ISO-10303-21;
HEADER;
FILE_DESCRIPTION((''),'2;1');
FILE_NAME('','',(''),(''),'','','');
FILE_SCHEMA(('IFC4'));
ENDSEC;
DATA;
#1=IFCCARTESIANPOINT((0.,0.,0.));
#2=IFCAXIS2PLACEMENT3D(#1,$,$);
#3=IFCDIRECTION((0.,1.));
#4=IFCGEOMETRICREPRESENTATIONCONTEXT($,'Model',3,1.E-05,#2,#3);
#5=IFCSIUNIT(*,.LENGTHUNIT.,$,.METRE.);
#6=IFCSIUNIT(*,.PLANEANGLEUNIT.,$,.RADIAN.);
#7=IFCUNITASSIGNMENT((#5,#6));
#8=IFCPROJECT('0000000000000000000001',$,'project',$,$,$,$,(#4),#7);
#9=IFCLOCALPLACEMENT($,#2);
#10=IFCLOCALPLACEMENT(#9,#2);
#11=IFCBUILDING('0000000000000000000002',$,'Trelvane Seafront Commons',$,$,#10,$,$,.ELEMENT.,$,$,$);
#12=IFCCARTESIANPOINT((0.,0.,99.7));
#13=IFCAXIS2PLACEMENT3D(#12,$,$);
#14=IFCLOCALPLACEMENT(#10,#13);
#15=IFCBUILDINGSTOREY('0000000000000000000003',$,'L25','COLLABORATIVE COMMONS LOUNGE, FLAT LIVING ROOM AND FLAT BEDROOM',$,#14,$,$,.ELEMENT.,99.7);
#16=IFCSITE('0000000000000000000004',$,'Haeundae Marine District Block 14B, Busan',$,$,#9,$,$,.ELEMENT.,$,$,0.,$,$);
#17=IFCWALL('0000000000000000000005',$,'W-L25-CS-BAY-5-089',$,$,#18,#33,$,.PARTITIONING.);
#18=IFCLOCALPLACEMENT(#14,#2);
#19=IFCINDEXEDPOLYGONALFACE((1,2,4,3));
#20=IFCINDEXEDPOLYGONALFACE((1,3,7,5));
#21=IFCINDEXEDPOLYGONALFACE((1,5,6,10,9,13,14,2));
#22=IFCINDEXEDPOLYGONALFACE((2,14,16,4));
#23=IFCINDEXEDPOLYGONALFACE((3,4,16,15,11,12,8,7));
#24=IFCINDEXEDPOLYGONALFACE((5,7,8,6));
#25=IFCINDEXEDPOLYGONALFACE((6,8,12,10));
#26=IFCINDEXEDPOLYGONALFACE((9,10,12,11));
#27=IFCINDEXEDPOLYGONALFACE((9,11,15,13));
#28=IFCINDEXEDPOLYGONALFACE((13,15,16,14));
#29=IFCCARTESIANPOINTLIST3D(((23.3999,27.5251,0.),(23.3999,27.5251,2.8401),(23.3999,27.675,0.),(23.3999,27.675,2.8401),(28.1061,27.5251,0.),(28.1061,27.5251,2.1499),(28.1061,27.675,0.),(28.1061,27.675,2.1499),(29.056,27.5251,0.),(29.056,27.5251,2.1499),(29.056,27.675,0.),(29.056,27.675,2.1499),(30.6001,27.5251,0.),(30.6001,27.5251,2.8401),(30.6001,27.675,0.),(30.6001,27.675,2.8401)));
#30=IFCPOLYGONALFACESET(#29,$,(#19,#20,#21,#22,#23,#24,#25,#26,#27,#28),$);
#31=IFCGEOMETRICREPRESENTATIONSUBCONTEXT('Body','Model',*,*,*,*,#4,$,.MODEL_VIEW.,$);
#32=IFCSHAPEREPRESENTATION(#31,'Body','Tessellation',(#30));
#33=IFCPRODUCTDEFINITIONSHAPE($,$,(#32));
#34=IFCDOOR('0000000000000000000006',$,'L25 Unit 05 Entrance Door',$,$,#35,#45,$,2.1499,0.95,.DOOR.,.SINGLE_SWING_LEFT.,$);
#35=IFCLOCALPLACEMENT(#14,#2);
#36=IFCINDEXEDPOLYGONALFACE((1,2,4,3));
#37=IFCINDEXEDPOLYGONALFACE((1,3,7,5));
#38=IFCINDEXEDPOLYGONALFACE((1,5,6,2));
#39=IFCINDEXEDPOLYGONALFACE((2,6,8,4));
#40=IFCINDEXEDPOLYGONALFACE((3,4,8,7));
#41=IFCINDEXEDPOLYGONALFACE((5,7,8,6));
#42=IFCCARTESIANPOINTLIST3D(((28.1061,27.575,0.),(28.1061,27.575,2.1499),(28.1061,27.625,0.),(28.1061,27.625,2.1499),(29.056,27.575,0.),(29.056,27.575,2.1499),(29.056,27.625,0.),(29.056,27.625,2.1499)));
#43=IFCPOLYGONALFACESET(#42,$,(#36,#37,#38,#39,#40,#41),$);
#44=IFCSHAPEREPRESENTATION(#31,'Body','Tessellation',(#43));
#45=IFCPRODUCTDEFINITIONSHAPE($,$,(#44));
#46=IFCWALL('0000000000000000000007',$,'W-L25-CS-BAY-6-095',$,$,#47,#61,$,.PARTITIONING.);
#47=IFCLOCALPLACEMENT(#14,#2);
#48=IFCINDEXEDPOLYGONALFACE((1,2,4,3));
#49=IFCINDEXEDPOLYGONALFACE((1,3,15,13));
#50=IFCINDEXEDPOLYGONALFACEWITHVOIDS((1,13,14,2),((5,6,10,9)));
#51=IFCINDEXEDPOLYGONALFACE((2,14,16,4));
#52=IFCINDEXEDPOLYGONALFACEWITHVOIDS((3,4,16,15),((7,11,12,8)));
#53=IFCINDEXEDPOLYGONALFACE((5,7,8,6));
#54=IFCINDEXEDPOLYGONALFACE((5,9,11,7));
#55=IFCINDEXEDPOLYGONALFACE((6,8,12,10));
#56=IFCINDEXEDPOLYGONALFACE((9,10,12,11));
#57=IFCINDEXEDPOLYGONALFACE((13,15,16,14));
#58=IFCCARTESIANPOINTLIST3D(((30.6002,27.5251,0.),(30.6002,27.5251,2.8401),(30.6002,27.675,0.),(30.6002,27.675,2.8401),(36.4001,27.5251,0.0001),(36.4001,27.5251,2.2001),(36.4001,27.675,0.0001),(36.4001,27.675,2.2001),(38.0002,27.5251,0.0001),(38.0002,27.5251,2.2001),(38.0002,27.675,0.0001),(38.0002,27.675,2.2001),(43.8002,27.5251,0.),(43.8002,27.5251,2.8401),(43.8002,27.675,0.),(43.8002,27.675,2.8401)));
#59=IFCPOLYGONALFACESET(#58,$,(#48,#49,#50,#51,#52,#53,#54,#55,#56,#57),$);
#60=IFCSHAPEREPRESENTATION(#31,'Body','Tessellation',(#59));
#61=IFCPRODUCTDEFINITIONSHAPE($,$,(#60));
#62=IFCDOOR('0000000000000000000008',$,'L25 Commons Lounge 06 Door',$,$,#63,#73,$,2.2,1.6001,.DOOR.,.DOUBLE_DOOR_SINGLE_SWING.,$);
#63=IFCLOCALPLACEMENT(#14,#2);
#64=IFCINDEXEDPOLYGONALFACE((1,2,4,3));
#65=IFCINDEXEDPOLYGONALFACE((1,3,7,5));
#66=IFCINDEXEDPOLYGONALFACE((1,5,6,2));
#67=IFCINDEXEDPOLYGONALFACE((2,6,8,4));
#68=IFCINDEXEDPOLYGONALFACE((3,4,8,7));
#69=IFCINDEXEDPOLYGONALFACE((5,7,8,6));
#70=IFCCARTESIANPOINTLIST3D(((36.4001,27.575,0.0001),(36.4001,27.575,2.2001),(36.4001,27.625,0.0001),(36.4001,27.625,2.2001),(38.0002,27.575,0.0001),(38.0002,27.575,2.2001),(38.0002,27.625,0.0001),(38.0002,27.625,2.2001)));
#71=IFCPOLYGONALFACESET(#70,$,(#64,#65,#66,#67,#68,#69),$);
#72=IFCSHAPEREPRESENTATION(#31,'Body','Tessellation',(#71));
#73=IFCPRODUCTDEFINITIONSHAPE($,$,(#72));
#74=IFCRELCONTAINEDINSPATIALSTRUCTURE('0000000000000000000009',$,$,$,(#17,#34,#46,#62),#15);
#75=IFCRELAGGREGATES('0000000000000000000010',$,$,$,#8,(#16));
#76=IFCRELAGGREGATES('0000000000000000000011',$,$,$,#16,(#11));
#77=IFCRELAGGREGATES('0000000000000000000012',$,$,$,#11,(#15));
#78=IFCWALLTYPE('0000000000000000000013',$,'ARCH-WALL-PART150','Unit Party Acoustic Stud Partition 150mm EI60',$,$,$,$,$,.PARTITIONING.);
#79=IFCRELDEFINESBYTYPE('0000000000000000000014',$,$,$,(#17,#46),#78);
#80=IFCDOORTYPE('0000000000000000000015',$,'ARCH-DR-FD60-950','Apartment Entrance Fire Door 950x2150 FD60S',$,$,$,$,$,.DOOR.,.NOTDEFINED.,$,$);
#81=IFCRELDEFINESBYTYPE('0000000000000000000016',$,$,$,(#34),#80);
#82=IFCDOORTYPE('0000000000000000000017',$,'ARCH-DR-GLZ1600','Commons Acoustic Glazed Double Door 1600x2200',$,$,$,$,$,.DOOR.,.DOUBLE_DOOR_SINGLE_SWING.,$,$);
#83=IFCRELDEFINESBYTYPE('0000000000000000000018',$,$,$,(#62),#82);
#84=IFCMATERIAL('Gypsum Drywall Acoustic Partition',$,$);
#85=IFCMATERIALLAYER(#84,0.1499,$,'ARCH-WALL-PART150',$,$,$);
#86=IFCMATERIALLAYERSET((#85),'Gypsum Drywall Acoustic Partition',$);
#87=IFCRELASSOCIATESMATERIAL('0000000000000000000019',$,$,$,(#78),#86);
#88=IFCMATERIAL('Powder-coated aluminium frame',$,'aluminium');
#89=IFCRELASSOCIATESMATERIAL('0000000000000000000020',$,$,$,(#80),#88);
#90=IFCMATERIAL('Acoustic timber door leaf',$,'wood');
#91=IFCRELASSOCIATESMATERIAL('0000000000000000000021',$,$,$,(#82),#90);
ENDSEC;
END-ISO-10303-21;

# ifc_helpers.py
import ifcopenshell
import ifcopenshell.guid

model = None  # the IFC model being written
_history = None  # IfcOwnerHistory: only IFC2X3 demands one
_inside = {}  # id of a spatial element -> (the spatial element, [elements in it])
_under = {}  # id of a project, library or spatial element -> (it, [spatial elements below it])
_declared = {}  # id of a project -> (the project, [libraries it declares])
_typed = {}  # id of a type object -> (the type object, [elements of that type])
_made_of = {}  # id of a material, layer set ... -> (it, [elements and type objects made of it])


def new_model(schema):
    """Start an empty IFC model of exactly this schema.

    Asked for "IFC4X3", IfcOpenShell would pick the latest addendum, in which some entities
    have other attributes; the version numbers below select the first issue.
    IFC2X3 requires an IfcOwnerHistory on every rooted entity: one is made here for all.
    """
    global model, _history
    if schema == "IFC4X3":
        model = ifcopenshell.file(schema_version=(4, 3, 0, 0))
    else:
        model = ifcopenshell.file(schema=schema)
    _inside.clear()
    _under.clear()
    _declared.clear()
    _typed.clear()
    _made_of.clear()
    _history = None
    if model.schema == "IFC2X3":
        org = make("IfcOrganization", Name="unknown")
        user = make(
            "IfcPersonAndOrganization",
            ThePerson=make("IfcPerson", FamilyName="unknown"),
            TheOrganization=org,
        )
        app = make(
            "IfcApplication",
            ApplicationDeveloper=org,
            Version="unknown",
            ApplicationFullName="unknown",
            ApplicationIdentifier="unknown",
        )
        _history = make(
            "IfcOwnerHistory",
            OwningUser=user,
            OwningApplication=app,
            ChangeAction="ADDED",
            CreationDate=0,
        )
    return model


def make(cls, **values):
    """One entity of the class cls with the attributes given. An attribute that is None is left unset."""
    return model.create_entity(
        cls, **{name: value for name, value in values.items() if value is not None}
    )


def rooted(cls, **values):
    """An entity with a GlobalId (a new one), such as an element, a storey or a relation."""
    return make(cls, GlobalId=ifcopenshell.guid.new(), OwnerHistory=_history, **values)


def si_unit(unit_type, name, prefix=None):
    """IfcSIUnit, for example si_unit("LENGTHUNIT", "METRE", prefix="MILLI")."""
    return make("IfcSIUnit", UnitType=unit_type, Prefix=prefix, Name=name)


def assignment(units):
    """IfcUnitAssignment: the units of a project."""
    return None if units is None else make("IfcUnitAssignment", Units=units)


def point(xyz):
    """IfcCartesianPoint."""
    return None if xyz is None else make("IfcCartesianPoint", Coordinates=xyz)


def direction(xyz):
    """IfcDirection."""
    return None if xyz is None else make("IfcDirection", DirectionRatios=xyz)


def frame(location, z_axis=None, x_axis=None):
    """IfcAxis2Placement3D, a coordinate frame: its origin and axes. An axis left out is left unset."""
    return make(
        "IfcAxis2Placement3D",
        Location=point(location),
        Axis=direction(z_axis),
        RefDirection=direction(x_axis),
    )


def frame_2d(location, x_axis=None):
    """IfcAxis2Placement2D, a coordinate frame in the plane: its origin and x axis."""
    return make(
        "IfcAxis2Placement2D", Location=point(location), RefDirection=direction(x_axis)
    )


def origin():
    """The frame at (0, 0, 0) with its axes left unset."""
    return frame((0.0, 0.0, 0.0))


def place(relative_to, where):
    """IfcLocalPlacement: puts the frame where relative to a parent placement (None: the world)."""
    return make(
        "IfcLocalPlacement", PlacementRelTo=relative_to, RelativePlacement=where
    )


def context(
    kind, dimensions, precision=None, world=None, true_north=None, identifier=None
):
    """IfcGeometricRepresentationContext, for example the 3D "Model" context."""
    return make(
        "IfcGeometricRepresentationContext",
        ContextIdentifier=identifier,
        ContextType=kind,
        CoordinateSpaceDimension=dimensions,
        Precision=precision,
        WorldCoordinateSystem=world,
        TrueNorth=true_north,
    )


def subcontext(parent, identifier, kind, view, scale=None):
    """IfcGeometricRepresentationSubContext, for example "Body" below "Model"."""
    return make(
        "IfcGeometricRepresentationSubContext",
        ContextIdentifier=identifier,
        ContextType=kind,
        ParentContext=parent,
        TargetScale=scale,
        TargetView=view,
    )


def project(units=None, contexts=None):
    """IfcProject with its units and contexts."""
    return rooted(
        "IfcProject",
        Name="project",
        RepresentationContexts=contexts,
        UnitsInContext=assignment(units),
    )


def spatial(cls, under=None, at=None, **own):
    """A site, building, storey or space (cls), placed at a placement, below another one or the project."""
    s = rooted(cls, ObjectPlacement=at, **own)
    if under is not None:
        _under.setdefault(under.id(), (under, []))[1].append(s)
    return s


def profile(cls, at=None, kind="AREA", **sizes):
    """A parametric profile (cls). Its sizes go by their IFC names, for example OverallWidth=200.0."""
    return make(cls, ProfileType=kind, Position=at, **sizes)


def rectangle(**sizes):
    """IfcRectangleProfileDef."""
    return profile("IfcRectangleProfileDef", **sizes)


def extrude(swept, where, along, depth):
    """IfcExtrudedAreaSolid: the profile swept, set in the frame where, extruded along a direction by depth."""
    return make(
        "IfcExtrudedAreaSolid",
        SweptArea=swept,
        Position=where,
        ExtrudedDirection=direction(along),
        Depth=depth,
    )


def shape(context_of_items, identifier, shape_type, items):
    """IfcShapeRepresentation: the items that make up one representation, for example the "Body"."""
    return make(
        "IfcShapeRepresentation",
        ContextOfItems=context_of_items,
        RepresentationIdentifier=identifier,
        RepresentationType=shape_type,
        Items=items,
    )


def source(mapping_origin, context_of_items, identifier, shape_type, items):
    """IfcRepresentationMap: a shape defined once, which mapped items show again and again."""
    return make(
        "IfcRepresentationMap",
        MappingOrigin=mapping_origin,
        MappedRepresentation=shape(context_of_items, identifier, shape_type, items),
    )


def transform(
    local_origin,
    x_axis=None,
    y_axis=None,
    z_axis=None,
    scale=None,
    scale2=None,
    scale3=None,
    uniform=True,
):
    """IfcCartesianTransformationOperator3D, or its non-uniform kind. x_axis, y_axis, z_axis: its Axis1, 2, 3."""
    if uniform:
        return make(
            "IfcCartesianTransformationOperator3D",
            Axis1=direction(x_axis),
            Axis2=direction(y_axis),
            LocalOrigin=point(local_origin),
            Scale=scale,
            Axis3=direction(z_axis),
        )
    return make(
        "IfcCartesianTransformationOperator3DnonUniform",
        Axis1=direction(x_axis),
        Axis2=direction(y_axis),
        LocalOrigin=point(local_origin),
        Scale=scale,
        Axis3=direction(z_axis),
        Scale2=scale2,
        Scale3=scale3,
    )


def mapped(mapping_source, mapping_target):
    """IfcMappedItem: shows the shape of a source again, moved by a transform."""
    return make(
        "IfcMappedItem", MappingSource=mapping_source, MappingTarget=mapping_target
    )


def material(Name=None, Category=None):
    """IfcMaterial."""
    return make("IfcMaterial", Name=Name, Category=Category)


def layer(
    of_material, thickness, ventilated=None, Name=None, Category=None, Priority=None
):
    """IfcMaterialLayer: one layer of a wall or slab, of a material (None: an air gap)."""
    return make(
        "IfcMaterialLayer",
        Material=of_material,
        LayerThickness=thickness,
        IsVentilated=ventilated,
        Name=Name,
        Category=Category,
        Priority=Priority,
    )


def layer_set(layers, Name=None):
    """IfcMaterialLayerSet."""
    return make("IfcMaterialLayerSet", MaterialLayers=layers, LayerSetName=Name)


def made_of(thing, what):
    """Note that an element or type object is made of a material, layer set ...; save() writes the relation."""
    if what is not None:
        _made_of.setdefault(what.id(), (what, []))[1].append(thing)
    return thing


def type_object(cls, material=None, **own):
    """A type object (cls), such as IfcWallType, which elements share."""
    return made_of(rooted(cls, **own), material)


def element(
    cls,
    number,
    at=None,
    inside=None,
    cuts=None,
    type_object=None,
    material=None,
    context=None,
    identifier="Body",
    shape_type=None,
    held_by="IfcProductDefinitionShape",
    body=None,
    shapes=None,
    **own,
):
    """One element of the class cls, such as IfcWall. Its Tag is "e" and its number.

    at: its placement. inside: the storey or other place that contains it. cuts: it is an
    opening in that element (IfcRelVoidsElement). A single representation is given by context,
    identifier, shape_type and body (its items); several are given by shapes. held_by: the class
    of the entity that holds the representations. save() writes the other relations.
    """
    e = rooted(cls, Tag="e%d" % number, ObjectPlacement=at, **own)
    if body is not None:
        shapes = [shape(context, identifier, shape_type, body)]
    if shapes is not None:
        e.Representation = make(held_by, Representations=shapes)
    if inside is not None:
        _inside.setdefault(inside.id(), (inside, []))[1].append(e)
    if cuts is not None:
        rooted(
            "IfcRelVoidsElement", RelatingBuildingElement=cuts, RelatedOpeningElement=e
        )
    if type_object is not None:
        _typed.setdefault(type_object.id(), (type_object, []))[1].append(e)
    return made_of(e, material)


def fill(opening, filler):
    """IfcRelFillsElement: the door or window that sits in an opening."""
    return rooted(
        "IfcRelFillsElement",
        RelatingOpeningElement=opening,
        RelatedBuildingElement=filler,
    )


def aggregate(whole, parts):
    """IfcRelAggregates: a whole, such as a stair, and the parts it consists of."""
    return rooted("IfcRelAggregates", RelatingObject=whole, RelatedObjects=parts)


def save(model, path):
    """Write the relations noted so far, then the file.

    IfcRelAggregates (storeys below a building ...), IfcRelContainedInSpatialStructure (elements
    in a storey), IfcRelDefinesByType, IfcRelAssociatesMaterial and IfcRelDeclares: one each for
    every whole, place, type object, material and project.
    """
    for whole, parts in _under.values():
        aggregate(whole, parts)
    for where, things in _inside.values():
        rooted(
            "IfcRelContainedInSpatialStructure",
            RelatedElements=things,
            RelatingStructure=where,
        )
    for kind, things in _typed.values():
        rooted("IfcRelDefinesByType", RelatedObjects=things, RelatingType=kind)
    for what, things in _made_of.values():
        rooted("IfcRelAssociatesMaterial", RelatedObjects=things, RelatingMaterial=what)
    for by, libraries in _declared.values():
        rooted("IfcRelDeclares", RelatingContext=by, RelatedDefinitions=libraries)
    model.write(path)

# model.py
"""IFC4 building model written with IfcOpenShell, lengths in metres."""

from ifc_helpers import new_model, si_unit, direction, frame, frame_2d, origin, place, context, subcontext, project, spatial, rectangle, extrude, source, transform, mapped, material, layer, layer_set, type_object, element, fill, save


model = new_model("IFC4")

# Units and contexts
model_context = context("Model", 3, precision=1e-05, world=origin(), true_north=direction((0.0, 1.0)))
body_context = subcontext(model_context, "Body", "Model", "MODEL_VIEW")
ifc_project = project(units=[si_unit("LENGTHUNIT", "METRE"), si_unit("PLANEANGLEUNIT", "RADIAN")], contexts=[model_context])

# Site, building, storey
site_placement = place(None, origin())
site = spatial("IfcSite", under=ifc_project, at=site_placement, Name="Haeundae Marine District Block 14B, Busan", CompositionType="ELEMENT", RefElevation=0.0)
building_placement = place(site_placement, origin())
building = spatial("IfcBuilding", under=site, at=building_placement, Name="Trelvane Seafront Commons", CompositionType="ELEMENT")
storey_placement = place(building_placement, frame((0.0, 0.0, 99.7)))
storey = spatial("IfcBuildingStorey", under=building, at=storey_placement, Name="L25", Description="COLLABORATIVE COMMONS LOUNGE, FLAT LIVING ROOM AND FLAT BEDROOM", CompositionType="ELEMENT", Elevation=99.7)

# Shared definitions
ifc_material_1 = material(Name="Gypsum Drywall Acoustic Partition")
ifc_material_2 = material(Name="Acoustic timber door leaf", Category="wood")
shared_shape_1 = source(origin(), body_context, "Body", "SweptSolid", [
    extrude(rectangle(XDim=0.95, YDim=2.1499, at=frame_2d((0.4751, 1.075))), frame((0.0, 0.0249, 0.0), z_axis=(0.0, -1.0, 0.0), x_axis=(1.0, 0.0, 0.0)), (0.0, 0.0, 1.0), 0.05),
])

# Walls, openings, doors
ifc_layer_1 = layer(ifc_material_1, 0.1499, Name="ARCH-WALL-PART150")
ifc_layer_set_1 = layer_set([ifc_layer_1], Name="Gypsum Drywall Acoustic Partition")
wall_type_1 = type_object("IfcWallType", Name="ARCH-WALL-PART150", Description="Unit Party Acoustic Stud Partition 150mm EI60", PredefinedType="PARTITIONING", material=ifc_layer_set_1)
ifc_material_3 = material(Name="Powder-coated aluminium frame", Category="aluminium")
door_type_1 = type_object("IfcDoorType", Name="ARCH-DR-FD60-950", Description="Apartment Entrance Fire Door 950x2150 FD60S", OperationType="NOTDEFINED", PredefinedType="DOOR", material=ifc_material_3)
wall_1_placement = place(storey_placement, frame((23.3999, 27.6001, 0.0), z_axis=(0.0, 0.0, 1.0), x_axis=(1.0, 0.0, 0.0)))
wall_1 = element("IfcWall", 1, at=wall_1_placement, inside=storey, type_object=wall_type_1, Name="W-L25-CS-BAY-5-089", PredefinedType="PARTITIONING", context=body_context, shape_type="SweptSolid", body=[
    extrude(rectangle(XDim=7.2002, YDim=0.1499, at=frame_2d((3.6001, 0.0))), origin(), (0.0, 0.0, 1.0), 2.8401),
])
opening_1_placement = place(wall_1_placement, frame((4.7061, 0.0, 0.0)))
opening_1 = element("IfcOpeningElement", 2, at=opening_1_placement, cuts=wall_1, PredefinedType="OPENING", context=body_context, shape_type="SweptSolid", body=[
    extrude(rectangle(XDim=0.95, YDim=2.1499, at=frame_2d((0.4751, 1.075))), frame((0.0, 0.085, 0.0), z_axis=(0.0, -1.0, 0.0), x_axis=(1.0, 0.0, 0.0)), (0.0, 0.0, 1.0), 0.1699),
])
door_1_placement = place(opening_1_placement, origin())
door_1 = element("IfcDoor", 3, at=door_1_placement, inside=storey, type_object=door_type_1, Name="L25 Unit 05 Entrance Door", OperationType="SINGLE_SWING_LEFT", OverallHeight=2.1499, OverallWidth=0.95, PredefinedType="DOOR", context=body_context, shape_type="MappedRepresentation", body=[
    mapped(shared_shape_1, transform((0.0, 0.0, 0.0), x_axis=(1.0, 0.0, 0.0), y_axis=(0.0, 1.0, 0.0), z_axis=(0.0, 0.0, 1.0), scale=1.0)),
])
fill(opening_1, door_1)
wall_2_placement = place(storey_placement, frame((30.6001, 27.6001, 0.0), z_axis=(0.0, 0.0, 1.0), x_axis=(1.0, 0.0, 0.0)))
wall_2 = element("IfcWall", 4, at=wall_2_placement, inside=storey, type_object=wall_type_1, Name="W-L25-CS-BAY-6-095", PredefinedType="PARTITIONING", context=body_context, shape_type="SweptSolid", body=[
    extrude(rectangle(XDim=13.2, YDim=0.1499, at=frame_2d((6.6001, 0.0))), origin(), (0.0, 0.0, 1.0), 2.8401),
])
opening_2_placement = place(wall_2_placement, frame((5.8, 0.0, 0.0)))
opening_2 = element("IfcOpeningElement", 5, at=opening_2_placement, cuts=wall_2, PredefinedType="OPENING", context=body_context, shape_type="SweptSolid", body=[
    extrude(rectangle(XDim=1.6001, YDim=2.2, at=frame_2d((0.8, 1.1001))), frame((0.0, 0.085, 0.0), z_axis=(0.0, -1.0, 0.0), x_axis=(1.0, 0.0, 0.0)), (0.0, 0.0, 1.0), 0.1699),
])
door_type_2 = type_object("IfcDoorType", Name="ARCH-DR-GLZ1600", Description="Commons Acoustic Glazed Double Door 1600x2200", OperationType="DOUBLE_DOOR_SINGLE_SWING", PredefinedType="DOOR", material=ifc_material_2)
shared_shape_2 = source(origin(), body_context, "Body", "SweptSolid", [
    extrude(rectangle(XDim=1.6001, YDim=2.2, at=frame_2d((0.8, 1.1001))), frame((0.0, 0.0249, 0.0), z_axis=(0.0, -1.0, 0.0), x_axis=(1.0, 0.0, 0.0)), (0.0, 0.0, 1.0), 0.05),
])
door_2_placement = place(opening_2_placement, origin())
door_2 = element("IfcDoor", 6, at=door_2_placement, inside=storey, type_object=door_type_2, Name="L25 Commons Lounge 06 Door", OperationType="DOUBLE_DOOR_SINGLE_SWING", OverallHeight=2.2, OverallWidth=1.6001, PredefinedType="DOOR", context=body_context, shape_type="MappedRepresentation", body=[
    mapped(shared_shape_2, transform((0.0, 0.0, 0.0), x_axis=(1.0, 0.0, 0.0), y_axis=(0.0, 1.0, 0.0), z_axis=(0.0, 0.0, 1.0), scale=1.0)),
])
fill(opening_2, door_2)

save(model, "model.ifc")
